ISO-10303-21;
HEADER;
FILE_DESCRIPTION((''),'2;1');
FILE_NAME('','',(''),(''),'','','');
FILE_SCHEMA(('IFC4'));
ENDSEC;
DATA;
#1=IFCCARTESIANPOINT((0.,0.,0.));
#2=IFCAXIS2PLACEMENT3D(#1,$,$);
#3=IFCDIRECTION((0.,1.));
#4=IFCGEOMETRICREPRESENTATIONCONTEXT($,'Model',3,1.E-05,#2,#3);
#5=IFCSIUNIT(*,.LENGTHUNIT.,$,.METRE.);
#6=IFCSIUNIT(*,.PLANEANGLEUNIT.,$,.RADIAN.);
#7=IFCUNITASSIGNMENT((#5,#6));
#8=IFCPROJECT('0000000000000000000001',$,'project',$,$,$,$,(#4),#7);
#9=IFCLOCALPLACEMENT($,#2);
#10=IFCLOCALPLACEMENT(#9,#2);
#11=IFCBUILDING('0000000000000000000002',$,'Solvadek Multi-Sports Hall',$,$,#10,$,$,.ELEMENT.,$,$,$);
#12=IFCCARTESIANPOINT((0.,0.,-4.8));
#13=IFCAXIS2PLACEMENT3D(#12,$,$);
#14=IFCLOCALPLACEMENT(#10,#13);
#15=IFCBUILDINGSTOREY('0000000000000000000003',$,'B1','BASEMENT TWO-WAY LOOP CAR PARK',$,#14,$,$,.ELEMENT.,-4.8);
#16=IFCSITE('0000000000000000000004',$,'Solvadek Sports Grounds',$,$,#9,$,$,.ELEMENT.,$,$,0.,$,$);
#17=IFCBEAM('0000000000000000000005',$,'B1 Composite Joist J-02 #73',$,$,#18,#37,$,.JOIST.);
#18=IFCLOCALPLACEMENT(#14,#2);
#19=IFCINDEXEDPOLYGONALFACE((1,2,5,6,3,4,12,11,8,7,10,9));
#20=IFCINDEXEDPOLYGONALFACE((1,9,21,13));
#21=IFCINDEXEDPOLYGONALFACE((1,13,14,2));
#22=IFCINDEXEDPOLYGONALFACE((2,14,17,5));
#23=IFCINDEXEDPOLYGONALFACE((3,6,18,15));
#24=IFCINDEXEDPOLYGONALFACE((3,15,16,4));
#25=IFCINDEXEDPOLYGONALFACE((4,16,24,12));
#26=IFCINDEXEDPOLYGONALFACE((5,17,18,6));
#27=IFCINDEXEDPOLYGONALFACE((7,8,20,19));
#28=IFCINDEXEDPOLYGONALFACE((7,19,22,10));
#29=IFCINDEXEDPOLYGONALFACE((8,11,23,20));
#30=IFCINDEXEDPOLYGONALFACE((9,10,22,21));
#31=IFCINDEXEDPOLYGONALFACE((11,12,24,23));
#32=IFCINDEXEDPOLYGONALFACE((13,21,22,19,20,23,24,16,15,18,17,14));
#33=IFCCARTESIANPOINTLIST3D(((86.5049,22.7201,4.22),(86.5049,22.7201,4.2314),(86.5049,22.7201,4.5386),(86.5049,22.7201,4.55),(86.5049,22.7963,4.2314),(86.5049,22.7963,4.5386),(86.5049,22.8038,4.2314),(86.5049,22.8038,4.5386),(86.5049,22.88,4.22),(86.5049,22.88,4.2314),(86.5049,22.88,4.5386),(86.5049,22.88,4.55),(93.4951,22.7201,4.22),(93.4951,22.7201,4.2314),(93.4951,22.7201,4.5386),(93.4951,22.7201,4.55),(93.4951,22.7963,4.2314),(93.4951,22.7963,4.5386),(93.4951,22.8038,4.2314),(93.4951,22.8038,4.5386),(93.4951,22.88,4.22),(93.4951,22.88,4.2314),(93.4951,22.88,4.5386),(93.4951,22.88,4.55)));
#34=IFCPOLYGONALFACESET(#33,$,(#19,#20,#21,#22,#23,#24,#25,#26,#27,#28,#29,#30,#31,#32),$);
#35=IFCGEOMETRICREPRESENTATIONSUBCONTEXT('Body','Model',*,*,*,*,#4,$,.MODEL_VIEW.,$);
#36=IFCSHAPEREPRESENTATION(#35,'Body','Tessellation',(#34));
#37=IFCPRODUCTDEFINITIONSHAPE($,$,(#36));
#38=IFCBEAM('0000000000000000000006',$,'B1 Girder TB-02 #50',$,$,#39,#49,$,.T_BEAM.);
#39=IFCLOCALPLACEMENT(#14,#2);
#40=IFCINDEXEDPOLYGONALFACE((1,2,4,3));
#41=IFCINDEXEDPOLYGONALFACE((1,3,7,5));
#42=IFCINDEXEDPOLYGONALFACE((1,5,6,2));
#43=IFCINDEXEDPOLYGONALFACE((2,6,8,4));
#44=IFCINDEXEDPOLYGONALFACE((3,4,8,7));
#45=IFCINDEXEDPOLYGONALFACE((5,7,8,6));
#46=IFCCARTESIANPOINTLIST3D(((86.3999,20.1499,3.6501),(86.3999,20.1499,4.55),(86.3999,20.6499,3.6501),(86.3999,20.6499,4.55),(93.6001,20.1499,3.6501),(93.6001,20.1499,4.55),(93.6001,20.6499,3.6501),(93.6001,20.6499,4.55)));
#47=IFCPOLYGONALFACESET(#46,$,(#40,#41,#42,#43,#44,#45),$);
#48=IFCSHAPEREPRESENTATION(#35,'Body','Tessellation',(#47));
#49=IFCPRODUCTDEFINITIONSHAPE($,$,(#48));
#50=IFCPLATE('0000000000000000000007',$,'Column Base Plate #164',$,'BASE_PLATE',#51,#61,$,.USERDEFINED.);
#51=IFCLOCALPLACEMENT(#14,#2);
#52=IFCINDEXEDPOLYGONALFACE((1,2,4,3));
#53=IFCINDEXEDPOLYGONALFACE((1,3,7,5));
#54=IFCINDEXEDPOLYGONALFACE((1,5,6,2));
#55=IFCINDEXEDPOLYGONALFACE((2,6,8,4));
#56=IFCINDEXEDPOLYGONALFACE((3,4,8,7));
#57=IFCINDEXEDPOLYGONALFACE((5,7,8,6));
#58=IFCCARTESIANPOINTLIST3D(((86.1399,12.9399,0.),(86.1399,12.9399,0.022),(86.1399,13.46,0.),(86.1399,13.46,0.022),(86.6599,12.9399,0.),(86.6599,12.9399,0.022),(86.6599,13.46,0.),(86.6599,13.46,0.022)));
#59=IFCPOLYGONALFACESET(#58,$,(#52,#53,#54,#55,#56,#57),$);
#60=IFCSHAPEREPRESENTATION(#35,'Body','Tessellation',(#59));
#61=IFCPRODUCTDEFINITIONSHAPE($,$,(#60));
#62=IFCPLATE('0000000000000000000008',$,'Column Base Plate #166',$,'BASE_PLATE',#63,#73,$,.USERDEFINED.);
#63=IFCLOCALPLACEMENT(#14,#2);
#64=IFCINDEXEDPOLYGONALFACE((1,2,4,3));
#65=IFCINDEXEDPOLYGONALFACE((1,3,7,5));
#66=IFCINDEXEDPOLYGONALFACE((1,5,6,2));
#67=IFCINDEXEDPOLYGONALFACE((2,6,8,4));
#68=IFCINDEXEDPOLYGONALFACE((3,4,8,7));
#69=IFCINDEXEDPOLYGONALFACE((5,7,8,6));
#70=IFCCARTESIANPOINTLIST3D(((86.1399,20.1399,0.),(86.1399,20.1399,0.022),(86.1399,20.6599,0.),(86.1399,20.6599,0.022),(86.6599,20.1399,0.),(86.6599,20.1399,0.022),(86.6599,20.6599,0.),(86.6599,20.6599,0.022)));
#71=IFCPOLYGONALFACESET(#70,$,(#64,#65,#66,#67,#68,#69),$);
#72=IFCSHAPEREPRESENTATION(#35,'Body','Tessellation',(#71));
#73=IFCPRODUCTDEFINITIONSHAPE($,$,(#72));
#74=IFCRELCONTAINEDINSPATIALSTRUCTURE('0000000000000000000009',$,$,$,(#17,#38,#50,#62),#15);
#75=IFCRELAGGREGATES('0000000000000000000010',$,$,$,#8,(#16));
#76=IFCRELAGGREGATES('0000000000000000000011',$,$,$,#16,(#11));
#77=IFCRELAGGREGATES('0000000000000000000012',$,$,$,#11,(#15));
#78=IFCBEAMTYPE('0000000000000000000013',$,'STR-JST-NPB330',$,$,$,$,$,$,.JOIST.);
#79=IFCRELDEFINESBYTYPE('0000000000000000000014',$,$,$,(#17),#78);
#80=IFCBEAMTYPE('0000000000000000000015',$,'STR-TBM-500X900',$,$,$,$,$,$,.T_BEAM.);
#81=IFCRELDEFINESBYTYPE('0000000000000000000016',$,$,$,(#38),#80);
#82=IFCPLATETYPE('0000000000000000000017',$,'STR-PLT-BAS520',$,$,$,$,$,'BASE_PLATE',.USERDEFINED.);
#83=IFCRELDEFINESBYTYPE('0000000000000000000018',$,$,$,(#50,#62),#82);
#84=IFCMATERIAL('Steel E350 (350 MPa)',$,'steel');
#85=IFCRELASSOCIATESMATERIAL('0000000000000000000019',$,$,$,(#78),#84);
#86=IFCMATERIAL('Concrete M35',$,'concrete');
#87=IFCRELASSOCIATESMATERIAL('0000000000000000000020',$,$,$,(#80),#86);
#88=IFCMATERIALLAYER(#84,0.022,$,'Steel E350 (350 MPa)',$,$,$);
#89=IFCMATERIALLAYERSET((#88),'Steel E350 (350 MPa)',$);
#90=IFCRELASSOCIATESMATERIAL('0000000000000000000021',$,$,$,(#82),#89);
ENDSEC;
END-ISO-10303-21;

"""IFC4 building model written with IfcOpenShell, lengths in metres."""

from ifc_helpers import new_model, si_unit, direction, frame, origin, origin_2d, place, context, subcontext, project, spatial, rectangle, i_section, extrude, material, layer, layer_set, material_profile, profile_set, type_object, element, save


model = new_model("IFC4")

# Units and contexts
model_context = context("Model", 3, precision=1e-05, world=origin(), true_north=direction((0.0, 1.0)))
body_context = subcontext(model_context, "Body", "Model", "MODEL_VIEW")
ifc_project = project(units=[si_unit("LENGTHUNIT", "METRE"), si_unit("PLANEANGLEUNIT", "RADIAN")], contexts=[model_context])

# Site, building, storey
site_placement = place(None, origin())
site = spatial("IfcSite", under=ifc_project, at=site_placement, Name="Solvadek Sports Grounds", CompositionType="ELEMENT", RefElevation=0.0)
building_placement = place(site_placement, origin())
building = spatial("IfcBuilding", under=site, at=building_placement, Name="Solvadek Multi-Sports Hall", CompositionType="ELEMENT")
storey_placement = place(building_placement, frame((0.0, 0.0, -4.8)))
storey = spatial("IfcBuildingStorey", under=building, at=storey_placement, Name="B1", Description="BASEMENT TWO-WAY LOOP CAR PARK", CompositionType="ELEMENT", Elevation=-4.8)

# Shared definitions
ifc_material_1 = material(Name="Concrete M35", Category="concrete")

# Shared definitions
ifc_material_2 = material(Name="Steel E350 (350 MPa)", Category="steel")

# Beams
ifc_material_profile_1 = material_profile(ifc_material_2, i_section(OverallWidth=0.1599, OverallDepth=0.3301, WebThickness=0.0076, FlangeThickness=0.0115, at=origin_2d()), Name="NPB 330")
ifc_profile_set_1 = profile_set([ifc_material_profile_1], Name="Steel E350 (350 MPa)")
beam_type_1 = type_object("IfcBeamType", Name="STR-JST-NPB330", PredefinedType="JOIST", material=ifc_profile_set_1)
beam_1_placement = place(storey_placement, frame((86.5049, 22.8, 4.385), z_axis=(1.0, 0.0, 0.0), x_axis=(0.0, 1.0, 0.0)))
element("IfcBeam", 1, at=beam_1_placement, inside=storey, type_object=beam_type_1, Name="B1 Composite Joist J-02 #73", PredefinedType="JOIST", context=body_context, shape_type="SweptSolid", body=[
    extrude(i_section(OverallWidth=0.1599, OverallDepth=0.3301, WebThickness=0.0076, FlangeThickness=0.0115, at=origin_2d()), origin(), (0.0, 0.0, 1.0), 6.9902),
])
ifc_material_profile_2 = material_profile(ifc_material_1, rectangle(XDim=0.5, YDim=0.8999, at=origin_2d()), Name="RC T-BEAM 500x900")
ifc_profile_set_2 = profile_set([ifc_material_profile_2], Name="Concrete M35")
beam_type_2 = type_object("IfcBeamType", Name="STR-TBM-500X900", PredefinedType="T_BEAM", material=ifc_profile_set_2)
beam_2_placement = place(storey_placement, frame((86.3999, 20.3999, 4.1001), z_axis=(1.0, 0.0, 0.0), x_axis=(0.0, 1.0, 0.0)))
element("IfcBeam", 2, at=beam_2_placement, inside=storey, type_object=beam_type_2, Name="B1 Girder TB-02 #50", PredefinedType="T_BEAM", context=body_context, shape_type="SweptSolid", body=[
    extrude(rectangle(XDim=0.5, YDim=0.8999, at=origin_2d()), origin(), (0.0, 0.0, 1.0), 7.2002),
])

# Plates
ifc_layer = layer(ifc_material_2, 0.022, Name="Steel E350 (350 MPa)")
ifc_layer_set = layer_set([ifc_layer], Name="Steel E350 (350 MPa)")
plate_type = type_object("IfcPlateType", Name="STR-PLT-BAS520", ElementType="BASE_PLATE", PredefinedType="USERDEFINED", material=ifc_layer_set)
for number, where, z_axis, x_axis, name in (
    (3, (86.3999, 13.2, 0.0), (0.0, 0.0, 1.0), (1.0, 0.0, 0.0), "Column Base Plate #164"),
    (4, (86.3999, 20.3999, 0.0), (0.0, 0.0, 1.0), (1.0, 0.0, 0.0), "Column Base Plate #166"),
):
    element("IfcPlate", number, at=place(storey_placement, frame(where, z_axis=z_axis, x_axis=x_axis)), inside=storey, type_object=plate_type, Name=name, ObjectType="BASE_PLATE", PredefinedType="USERDEFINED", context=body_context, shape_type="SweptSolid", body=[
        extrude(rectangle(XDim=0.52, YDim=0.52, at=origin_2d()), origin(), (0.0, 0.0, 1.0), 0.022),
    ])

save(model, "model.ifc")
